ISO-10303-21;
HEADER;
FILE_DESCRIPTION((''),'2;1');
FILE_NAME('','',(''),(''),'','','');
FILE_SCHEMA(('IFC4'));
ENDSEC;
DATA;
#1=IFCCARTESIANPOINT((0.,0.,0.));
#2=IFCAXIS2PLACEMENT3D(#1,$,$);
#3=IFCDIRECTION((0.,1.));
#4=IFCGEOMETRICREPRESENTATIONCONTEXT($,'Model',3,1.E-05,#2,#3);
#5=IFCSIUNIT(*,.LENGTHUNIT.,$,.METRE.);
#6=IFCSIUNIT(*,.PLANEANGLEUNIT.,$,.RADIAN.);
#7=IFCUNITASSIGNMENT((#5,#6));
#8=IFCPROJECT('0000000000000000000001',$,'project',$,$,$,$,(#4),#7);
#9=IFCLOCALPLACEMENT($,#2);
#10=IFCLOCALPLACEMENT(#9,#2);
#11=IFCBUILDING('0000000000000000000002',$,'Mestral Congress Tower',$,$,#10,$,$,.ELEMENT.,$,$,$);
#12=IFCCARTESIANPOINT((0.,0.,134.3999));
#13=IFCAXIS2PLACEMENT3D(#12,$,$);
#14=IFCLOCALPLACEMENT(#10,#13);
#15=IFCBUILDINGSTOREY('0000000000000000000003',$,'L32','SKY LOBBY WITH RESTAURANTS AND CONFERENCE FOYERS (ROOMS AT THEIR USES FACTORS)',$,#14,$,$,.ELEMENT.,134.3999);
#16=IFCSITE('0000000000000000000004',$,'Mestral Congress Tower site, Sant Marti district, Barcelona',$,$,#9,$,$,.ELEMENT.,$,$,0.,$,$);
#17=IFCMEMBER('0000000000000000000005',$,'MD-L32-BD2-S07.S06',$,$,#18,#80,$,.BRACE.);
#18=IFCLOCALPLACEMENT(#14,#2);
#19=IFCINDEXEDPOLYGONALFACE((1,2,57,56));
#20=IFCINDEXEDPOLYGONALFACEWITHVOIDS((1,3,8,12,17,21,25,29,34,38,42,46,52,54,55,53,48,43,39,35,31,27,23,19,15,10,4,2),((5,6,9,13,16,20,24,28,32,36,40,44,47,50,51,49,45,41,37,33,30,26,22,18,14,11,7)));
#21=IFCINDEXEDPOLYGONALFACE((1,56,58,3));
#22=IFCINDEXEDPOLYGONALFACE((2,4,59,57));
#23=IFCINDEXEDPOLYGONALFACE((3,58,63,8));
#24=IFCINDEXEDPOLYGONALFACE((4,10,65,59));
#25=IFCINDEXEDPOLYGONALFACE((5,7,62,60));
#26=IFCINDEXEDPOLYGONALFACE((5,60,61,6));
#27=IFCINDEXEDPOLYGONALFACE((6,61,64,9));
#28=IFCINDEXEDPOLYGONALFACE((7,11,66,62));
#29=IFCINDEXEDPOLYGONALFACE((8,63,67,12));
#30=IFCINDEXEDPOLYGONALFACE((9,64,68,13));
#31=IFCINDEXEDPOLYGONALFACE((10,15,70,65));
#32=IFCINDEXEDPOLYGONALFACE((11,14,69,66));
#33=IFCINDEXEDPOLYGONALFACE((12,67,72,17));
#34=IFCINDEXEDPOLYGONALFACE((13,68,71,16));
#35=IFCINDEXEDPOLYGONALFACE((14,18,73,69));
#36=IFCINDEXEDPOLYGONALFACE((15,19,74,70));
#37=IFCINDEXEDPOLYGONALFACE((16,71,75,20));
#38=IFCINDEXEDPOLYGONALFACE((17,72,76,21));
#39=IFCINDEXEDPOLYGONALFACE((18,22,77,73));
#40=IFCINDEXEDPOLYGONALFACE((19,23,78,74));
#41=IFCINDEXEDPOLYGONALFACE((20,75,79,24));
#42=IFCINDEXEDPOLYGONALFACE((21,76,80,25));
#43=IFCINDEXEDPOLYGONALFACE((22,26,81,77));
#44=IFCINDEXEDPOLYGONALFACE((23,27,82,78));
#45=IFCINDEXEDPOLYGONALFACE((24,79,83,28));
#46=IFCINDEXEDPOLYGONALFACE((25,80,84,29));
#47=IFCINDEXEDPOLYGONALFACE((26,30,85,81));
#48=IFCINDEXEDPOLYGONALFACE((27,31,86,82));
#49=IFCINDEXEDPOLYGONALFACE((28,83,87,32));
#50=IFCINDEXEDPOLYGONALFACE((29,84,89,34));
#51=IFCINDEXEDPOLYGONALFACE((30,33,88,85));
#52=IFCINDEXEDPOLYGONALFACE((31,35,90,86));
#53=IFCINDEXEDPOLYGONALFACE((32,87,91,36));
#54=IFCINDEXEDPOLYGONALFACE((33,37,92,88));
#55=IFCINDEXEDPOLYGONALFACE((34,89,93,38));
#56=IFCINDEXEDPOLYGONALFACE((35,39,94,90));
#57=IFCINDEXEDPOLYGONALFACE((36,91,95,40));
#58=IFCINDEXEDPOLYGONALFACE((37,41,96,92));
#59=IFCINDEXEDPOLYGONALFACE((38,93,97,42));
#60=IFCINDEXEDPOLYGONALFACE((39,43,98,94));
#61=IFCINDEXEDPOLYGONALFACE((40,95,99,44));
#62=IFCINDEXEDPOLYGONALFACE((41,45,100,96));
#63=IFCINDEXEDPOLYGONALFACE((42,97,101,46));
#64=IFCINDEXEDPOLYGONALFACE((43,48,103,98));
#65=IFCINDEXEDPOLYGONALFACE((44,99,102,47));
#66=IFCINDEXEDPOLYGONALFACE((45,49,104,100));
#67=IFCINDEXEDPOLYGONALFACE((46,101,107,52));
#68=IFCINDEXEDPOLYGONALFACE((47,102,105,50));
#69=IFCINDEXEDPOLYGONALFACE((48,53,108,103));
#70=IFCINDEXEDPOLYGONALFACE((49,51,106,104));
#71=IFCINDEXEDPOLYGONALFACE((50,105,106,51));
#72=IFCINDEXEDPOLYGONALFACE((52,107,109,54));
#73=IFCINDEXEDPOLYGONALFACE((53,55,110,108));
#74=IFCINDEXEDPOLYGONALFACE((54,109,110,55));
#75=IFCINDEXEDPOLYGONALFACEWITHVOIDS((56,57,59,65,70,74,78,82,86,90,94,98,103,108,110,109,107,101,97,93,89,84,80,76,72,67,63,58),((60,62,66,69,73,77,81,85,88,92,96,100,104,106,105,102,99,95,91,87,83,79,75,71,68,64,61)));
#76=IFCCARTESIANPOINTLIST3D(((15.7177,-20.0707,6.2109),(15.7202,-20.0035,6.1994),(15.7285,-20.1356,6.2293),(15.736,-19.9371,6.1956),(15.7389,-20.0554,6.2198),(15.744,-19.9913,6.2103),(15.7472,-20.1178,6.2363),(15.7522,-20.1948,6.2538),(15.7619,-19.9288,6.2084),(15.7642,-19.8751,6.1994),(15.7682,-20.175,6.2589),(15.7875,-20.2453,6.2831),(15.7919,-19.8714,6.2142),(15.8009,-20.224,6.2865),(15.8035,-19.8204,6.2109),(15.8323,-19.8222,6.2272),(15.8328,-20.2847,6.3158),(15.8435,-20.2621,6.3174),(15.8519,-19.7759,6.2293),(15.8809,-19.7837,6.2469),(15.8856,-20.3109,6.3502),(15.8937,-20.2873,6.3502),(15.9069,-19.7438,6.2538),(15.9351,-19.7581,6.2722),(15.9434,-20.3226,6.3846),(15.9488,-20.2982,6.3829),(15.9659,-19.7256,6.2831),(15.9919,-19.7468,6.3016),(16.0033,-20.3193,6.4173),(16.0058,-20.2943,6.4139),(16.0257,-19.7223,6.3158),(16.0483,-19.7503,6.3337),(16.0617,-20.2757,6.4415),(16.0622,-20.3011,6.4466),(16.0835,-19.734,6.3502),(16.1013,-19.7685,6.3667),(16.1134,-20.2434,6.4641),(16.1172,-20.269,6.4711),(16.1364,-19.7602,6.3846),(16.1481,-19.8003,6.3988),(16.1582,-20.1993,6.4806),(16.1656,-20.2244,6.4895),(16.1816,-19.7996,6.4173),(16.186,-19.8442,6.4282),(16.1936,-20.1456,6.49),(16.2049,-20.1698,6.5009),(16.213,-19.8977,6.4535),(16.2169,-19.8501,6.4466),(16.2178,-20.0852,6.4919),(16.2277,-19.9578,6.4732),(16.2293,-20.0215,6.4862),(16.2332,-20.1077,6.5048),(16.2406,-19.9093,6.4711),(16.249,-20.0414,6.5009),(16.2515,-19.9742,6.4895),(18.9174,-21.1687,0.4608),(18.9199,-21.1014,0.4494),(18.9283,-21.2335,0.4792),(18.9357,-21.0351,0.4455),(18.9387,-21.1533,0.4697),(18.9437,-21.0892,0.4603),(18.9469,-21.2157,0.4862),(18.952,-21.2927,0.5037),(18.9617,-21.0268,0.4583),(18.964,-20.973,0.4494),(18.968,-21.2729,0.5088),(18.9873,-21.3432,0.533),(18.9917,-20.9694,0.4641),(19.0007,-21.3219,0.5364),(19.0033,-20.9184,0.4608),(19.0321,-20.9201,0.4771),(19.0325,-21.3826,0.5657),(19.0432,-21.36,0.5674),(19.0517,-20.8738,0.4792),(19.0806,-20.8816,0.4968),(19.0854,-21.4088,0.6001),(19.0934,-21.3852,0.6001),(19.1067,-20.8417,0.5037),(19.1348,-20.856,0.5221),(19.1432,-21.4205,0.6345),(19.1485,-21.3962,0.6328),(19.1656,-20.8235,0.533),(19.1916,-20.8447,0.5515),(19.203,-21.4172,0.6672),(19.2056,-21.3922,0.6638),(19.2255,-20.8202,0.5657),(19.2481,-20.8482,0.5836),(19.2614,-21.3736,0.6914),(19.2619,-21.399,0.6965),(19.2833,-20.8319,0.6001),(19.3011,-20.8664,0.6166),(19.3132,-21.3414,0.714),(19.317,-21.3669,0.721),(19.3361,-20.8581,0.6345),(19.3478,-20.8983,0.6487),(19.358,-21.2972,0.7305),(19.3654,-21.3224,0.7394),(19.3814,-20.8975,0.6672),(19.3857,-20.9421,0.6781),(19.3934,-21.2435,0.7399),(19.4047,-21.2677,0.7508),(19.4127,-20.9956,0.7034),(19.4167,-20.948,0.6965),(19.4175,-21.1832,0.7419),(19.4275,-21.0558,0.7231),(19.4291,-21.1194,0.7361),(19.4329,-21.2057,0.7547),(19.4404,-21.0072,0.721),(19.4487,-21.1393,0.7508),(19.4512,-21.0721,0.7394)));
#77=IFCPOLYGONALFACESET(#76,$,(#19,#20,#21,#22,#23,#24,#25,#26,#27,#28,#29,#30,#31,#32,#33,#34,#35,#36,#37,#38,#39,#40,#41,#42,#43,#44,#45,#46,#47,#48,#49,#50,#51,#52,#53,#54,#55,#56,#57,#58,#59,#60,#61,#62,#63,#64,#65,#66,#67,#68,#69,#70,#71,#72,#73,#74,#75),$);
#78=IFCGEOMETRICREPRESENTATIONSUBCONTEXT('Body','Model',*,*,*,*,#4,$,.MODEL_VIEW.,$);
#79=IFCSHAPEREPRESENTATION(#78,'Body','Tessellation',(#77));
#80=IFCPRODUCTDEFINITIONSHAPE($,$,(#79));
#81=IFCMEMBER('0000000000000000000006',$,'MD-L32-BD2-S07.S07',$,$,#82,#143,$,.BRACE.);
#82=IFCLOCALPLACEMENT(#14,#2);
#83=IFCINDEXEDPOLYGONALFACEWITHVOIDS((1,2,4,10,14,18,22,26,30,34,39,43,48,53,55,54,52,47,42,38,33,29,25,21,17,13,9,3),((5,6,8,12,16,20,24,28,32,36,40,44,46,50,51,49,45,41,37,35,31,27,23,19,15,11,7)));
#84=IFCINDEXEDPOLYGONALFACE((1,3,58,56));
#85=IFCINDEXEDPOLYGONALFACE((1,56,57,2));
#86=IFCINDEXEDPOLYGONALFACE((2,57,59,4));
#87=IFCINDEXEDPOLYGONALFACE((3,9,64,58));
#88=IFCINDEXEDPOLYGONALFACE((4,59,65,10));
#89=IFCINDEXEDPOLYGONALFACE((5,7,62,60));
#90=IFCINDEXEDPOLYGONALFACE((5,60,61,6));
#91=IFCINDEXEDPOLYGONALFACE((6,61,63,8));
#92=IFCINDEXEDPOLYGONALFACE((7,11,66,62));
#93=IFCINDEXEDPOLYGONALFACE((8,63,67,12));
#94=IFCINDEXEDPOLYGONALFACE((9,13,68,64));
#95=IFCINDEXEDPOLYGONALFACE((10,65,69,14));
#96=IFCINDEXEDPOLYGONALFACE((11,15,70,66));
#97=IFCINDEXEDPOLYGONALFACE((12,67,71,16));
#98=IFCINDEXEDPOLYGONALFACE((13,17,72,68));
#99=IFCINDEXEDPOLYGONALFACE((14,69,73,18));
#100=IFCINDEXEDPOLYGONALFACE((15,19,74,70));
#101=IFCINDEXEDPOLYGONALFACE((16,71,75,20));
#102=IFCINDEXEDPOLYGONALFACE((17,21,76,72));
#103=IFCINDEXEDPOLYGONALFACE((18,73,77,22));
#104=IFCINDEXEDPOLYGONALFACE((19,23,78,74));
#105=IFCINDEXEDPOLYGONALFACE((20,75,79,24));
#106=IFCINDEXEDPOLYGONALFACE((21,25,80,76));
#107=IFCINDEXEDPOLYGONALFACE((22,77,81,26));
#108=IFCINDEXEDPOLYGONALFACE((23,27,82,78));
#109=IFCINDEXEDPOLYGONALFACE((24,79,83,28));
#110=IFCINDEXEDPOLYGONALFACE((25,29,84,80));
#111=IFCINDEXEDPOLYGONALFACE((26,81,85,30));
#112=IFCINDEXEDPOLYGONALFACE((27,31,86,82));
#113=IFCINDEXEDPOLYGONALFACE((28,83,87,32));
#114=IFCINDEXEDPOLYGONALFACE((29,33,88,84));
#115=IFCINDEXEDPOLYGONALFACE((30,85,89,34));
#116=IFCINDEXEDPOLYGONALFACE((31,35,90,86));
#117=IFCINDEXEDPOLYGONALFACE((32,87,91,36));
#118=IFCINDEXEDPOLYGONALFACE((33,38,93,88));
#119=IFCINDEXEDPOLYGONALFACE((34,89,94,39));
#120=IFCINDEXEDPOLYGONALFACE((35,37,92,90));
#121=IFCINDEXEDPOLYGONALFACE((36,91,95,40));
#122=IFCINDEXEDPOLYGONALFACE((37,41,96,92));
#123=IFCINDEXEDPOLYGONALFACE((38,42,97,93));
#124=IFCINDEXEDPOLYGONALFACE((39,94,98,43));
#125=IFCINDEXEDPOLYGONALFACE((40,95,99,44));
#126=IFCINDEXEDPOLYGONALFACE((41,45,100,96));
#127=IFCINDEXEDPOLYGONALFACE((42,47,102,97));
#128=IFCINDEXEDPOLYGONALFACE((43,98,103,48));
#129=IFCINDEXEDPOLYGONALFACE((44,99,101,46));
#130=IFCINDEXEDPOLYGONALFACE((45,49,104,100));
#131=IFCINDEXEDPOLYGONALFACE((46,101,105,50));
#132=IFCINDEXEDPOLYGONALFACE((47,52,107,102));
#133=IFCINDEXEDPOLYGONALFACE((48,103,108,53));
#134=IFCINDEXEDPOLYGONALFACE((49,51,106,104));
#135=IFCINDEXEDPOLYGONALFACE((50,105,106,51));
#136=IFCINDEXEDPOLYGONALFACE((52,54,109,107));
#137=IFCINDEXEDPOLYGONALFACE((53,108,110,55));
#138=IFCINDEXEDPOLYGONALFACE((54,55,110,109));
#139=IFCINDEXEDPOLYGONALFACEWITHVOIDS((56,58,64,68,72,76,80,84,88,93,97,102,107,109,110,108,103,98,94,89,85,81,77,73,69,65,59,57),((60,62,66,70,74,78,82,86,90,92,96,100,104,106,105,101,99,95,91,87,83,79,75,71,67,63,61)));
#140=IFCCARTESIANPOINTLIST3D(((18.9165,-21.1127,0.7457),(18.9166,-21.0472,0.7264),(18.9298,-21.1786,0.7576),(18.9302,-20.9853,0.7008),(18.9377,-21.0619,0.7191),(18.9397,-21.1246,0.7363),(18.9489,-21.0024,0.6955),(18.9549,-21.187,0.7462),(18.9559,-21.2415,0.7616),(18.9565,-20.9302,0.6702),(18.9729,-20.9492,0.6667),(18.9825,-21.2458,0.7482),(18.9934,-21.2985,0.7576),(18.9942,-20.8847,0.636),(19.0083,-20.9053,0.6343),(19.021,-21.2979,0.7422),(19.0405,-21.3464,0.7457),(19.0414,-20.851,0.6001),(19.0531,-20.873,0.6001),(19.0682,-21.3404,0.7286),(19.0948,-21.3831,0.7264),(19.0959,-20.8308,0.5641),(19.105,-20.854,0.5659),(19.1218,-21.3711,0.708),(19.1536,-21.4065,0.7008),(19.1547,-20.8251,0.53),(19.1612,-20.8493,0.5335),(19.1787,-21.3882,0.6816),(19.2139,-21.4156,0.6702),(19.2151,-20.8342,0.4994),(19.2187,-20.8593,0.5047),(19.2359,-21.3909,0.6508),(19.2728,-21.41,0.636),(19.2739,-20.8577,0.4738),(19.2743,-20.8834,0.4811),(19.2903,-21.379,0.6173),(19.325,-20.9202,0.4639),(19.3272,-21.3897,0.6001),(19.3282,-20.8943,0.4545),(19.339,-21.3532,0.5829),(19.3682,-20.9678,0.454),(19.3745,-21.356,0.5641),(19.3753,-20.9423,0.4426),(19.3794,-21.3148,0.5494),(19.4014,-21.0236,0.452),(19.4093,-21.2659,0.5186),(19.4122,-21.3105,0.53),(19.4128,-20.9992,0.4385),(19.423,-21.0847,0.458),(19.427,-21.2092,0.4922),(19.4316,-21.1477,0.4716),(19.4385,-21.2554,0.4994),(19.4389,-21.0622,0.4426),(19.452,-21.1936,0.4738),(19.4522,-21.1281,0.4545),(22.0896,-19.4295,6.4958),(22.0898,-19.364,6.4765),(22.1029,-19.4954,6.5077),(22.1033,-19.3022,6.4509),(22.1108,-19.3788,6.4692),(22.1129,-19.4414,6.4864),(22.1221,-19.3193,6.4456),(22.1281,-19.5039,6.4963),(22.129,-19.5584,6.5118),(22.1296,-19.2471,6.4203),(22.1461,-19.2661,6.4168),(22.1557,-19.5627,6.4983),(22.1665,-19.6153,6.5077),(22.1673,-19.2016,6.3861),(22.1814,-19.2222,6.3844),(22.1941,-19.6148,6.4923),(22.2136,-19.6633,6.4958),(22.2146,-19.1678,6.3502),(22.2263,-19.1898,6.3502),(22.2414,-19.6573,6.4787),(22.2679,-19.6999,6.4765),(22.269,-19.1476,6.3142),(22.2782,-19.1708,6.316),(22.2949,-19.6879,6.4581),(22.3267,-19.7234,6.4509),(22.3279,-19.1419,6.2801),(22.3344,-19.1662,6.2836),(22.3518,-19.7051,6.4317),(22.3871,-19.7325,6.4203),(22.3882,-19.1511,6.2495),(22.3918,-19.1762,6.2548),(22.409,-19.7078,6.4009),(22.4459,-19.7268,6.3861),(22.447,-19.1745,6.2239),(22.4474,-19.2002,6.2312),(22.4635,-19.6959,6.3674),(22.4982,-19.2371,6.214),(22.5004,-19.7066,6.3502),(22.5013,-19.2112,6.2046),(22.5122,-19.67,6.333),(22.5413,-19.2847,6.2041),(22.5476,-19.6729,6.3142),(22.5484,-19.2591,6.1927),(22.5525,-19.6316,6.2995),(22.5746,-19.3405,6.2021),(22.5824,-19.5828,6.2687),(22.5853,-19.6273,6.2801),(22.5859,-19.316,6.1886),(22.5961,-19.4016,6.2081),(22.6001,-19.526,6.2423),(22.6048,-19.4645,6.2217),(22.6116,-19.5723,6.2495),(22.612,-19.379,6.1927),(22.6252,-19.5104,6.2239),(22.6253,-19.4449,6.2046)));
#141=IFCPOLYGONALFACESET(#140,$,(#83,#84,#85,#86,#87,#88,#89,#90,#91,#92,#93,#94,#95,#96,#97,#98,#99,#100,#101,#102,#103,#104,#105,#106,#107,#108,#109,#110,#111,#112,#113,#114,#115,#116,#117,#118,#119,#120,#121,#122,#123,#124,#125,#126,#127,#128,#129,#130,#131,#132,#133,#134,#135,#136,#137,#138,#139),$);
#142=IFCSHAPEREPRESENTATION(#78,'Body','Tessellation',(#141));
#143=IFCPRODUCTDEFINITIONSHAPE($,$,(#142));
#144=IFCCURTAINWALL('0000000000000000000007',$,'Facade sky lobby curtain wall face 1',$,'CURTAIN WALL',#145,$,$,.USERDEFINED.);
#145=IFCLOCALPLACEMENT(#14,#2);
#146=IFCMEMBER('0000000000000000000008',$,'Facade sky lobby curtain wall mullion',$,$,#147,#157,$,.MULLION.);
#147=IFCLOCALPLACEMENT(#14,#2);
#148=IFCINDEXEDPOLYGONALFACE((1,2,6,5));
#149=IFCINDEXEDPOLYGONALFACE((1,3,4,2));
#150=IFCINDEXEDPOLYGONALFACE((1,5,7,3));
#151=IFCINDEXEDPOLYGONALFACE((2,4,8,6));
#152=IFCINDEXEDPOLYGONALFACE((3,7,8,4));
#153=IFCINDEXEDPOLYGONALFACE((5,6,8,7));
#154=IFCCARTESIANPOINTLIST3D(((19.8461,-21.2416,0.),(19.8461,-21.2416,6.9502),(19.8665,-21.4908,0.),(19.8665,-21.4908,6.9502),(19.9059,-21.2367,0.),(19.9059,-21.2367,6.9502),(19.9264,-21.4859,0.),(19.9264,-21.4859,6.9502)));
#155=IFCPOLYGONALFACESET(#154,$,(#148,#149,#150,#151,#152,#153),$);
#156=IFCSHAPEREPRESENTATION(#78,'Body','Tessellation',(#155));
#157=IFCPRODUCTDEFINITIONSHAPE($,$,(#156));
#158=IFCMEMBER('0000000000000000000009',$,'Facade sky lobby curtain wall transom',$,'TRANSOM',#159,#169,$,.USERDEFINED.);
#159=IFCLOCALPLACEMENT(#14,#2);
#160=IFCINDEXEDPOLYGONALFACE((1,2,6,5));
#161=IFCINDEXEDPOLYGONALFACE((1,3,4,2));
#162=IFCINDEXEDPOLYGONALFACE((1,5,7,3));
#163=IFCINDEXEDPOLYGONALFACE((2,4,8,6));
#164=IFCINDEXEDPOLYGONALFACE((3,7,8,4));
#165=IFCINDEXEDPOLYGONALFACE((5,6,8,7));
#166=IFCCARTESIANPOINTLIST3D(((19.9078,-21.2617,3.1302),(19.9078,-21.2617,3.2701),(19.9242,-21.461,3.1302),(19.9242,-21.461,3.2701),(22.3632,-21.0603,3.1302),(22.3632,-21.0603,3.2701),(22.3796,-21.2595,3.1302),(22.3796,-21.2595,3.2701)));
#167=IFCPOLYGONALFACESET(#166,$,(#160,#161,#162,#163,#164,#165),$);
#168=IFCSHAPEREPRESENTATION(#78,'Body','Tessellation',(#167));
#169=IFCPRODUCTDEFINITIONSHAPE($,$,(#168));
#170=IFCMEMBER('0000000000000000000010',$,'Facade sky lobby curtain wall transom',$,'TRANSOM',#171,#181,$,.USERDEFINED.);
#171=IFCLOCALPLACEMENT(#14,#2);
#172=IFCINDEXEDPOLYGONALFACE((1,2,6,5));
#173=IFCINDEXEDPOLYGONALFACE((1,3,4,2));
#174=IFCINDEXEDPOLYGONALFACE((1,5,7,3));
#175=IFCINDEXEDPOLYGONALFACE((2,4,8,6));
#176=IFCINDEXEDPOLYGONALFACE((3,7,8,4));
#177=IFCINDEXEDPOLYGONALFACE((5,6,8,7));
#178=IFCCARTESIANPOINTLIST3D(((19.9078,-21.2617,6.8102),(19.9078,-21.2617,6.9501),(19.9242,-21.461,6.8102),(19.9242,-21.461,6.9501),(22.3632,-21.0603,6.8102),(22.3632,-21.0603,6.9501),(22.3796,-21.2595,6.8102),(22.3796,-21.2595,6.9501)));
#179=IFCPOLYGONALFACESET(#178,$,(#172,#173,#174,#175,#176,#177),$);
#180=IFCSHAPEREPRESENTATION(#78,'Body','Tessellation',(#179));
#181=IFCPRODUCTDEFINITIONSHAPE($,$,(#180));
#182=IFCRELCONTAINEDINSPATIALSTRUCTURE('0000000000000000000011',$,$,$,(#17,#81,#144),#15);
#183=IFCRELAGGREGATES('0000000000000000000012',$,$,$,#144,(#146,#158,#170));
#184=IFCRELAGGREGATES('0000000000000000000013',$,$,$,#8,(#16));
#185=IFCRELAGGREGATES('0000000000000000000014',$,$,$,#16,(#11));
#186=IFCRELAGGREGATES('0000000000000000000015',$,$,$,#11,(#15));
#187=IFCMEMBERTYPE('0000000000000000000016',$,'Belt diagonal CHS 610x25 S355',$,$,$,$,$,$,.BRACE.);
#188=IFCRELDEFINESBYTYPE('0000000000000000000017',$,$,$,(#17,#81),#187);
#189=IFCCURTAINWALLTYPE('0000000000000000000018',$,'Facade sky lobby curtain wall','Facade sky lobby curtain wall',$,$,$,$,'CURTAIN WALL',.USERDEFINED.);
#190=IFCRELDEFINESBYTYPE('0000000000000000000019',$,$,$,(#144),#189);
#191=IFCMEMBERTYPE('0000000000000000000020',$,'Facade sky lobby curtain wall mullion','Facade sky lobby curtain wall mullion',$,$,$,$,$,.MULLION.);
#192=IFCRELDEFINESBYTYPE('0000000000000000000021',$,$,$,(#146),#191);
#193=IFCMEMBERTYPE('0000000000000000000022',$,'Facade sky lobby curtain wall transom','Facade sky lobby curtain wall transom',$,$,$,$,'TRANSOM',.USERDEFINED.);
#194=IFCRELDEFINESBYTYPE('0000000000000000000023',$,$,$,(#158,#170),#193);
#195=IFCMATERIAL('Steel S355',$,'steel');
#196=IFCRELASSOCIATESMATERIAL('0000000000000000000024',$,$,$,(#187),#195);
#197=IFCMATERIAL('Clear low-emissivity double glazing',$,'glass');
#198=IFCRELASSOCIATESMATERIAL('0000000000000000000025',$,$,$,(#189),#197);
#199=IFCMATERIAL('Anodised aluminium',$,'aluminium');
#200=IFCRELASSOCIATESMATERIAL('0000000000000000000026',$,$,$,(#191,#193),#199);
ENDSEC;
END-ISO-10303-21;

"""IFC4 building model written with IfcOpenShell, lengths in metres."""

from ifc_helpers import new_model, si_unit, direction, frame, origin, origin_2d, place, context, subcontext, project, spatial, rectangle, hollow_circle, extrude, material, material_profile, profile_set, type_object, element, aggregate, save


model = new_model("IFC4")

# Units and contexts
model_context = context("Model", 3, precision=1e-05, world=origin(), true_north=direction((0.0, 1.0)))
body_context = subcontext(model_context, "Body", "Model", "MODEL_VIEW")
ifc_project = project(units=[si_unit("LENGTHUNIT", "METRE"), si_unit("PLANEANGLEUNIT", "RADIAN")], contexts=[model_context])

# Site, building, storey
site_placement = place(None, origin())
site = spatial("IfcSite", under=ifc_project, at=site_placement, Name="Mestral Congress Tower site, Sant Marti district, Barcelona", CompositionType="ELEMENT", RefElevation=0.0)
building_placement = place(site_placement, origin())
building = spatial("IfcBuilding", under=site, at=building_placement, Name="Mestral Congress Tower", CompositionType="ELEMENT")
storey_placement = place(building_placement, frame((0.0, 0.0, 134.3999)))
storey = spatial("IfcBuildingStorey", under=building, at=storey_placement, Name="L32", Description="SKY LOBBY WITH RESTAURANTS AND CONFERENCE FOYERS (ROOMS AT THEIR USES FACTORS)", CompositionType="ELEMENT", Elevation=134.3999)

# Members
ifc_material_1 = material(Name="Steel S355", Category="steel")
ifc_material_profile_1 = material_profile(ifc_material_1, hollow_circle(Radius=0.3049, WallThickness=0.0249, at=origin_2d()), Name="CHS 610x25")
ifc_profile_set_1 = profile_set([ifc_material_profile_1], Name="Steel S355")
member_type_1 = type_object("IfcMemberType", Name="Belt diagonal CHS 610x25 S355", PredefinedType="BRACE", material=ifc_profile_set_1)
member_1_placement = place(storey_placement, frame((19.1843, -21.1204, 0.6001), z_axis=(-0.479624, 0.164571, 0.861903), x_axis=(-0.324551, -0.945868, 0.0)))
element("IfcMember", 1, at=member_1_placement, inside=storey, type_object=member_type_1, Name="MD-L32-BD2-S07.S06", PredefinedType="BRACE", context=body_context, shape_type="SweptSolid", body=[
    extrude(hollow_circle(Radius=0.3049, WallThickness=0.0249, at=origin_2d()), origin(), (0.0, 0.0, 1.0), 6.6714),
])
member_2_placement = place(storey_placement, frame((19.1843, -21.1204, 0.6001), z_axis=(0.468031, 0.248258, 0.848124), x_axis=(-0.46859, 0.883416, 0.0)))
element("IfcMember", 2, at=member_2_placement, inside=storey, type_object=member_type_1, Name="MD-L32-BD2-S07.S07", PredefinedType="BRACE", context=body_context, shape_type="SweptSolid", body=[
    extrude(hollow_circle(Radius=0.3049, WallThickness=0.0249, at=origin_2d()), origin(), (0.0, 0.0, 1.0), 6.7798),
])

# Curtain wall, members
ifc_material_2 = material(Name="Clear low-emissivity double glazing", Category="glass")
curtain_wall_type = type_object("IfcCurtainWallType", Name="Facade sky lobby curtain wall", Description="Facade sky lobby curtain wall", ElementType="CURTAIN WALL", PredefinedType="USERDEFINED", material=ifc_material_2)
curtain_wall_placement = place(storey_placement, origin())
curtain_wall = element("IfcCurtainWall", 3, at=curtain_wall_placement, inside=storey, type_object=curtain_wall_type, Name="Facade sky lobby curtain wall face 1", ObjectType="CURTAIN WALL", PredefinedType="USERDEFINED")
ifc_material_3 = material(Name="Anodised aluminium", Category="aluminium")
ifc_material_profile_2 = material_profile(ifc_material_3, rectangle(XDim=0.25, YDim=0.0601, at=origin_2d()), Name="CW1 mullion 250 x 60")
ifc_profile_set_2 = profile_set([ifc_material_profile_2], Name="Anodised aluminium")
member_type_2 = type_object("IfcMemberType", Name="Facade sky lobby curtain wall mullion", Description="Facade sky lobby curtain wall mullion", PredefinedType="MULLION", material=ifc_profile_set_2)
member_3_placement = place(storey_placement, frame((19.8862, -21.3638, 0.0), z_axis=(0.0, 0.0, 1.0), x_axis=(0.081758, -0.996652, 0.0)))
member_3 = element("IfcMember", 4, at=member_3_placement, type_object=member_type_2, Name="Facade sky lobby curtain wall mullion", PredefinedType="MULLION", context=body_context, shape_type="SweptSolid", body=[
    extrude(rectangle(XDim=0.25, YDim=0.0601, at=origin_2d()), origin(), (0.0, 0.0, 1.0), 6.9502),
])
ifc_material_profile_3 = material_profile(ifc_material_3, rectangle(XDim=0.2, YDim=0.1399, at=origin_2d()), Name="CW1 transom 200 x 140")
ifc_profile_set_3 = profile_set([ifc_material_profile_3], Name="Anodised aluminium")
member_type_3 = type_object("IfcMemberType", Name="Facade sky lobby curtain wall transom", Description="Facade sky lobby curtain wall transom", ElementType="TRANSOM", PredefinedType="USERDEFINED", material=ifc_profile_set_3)
member_4_placement = place(storey_placement, frame((19.916, -21.3613, 3.2002), z_axis=(0.996652, 0.081758, 0.0), x_axis=(-0.081758, 0.996652, 0.0)))
member_4 = element("IfcMember", 5, at=member_4_placement, type_object=member_type_3, Name="Facade sky lobby curtain wall transom", ObjectType="TRANSOM", PredefinedType="USERDEFINED", context=body_context, shape_type="SweptSolid", body=[
    extrude(rectangle(XDim=0.2, YDim=0.1399, at=origin_2d()), origin(), (0.0, 0.0, 1.0), 2.4636),
])
member_5_placement = place(storey_placement, frame((19.916, -21.3613, 6.8801), z_axis=(0.996652, 0.081758, 0.0), x_axis=(-0.081758, 0.996652, 0.0)))
member_5 = element("IfcMember", 6, at=member_5_placement, type_object=member_type_3, Name="Facade sky lobby curtain wall transom", ObjectType="TRANSOM", PredefinedType="USERDEFINED", context=body_context, shape_type="SweptSolid", body=[
    extrude(rectangle(XDim=0.2, YDim=0.1399, at=origin_2d()), origin(), (0.0, 0.0, 1.0), 2.4636),
])

aggregate(curtain_wall, [member_3, member_4, member_5])

save(model, "model.ifc")
